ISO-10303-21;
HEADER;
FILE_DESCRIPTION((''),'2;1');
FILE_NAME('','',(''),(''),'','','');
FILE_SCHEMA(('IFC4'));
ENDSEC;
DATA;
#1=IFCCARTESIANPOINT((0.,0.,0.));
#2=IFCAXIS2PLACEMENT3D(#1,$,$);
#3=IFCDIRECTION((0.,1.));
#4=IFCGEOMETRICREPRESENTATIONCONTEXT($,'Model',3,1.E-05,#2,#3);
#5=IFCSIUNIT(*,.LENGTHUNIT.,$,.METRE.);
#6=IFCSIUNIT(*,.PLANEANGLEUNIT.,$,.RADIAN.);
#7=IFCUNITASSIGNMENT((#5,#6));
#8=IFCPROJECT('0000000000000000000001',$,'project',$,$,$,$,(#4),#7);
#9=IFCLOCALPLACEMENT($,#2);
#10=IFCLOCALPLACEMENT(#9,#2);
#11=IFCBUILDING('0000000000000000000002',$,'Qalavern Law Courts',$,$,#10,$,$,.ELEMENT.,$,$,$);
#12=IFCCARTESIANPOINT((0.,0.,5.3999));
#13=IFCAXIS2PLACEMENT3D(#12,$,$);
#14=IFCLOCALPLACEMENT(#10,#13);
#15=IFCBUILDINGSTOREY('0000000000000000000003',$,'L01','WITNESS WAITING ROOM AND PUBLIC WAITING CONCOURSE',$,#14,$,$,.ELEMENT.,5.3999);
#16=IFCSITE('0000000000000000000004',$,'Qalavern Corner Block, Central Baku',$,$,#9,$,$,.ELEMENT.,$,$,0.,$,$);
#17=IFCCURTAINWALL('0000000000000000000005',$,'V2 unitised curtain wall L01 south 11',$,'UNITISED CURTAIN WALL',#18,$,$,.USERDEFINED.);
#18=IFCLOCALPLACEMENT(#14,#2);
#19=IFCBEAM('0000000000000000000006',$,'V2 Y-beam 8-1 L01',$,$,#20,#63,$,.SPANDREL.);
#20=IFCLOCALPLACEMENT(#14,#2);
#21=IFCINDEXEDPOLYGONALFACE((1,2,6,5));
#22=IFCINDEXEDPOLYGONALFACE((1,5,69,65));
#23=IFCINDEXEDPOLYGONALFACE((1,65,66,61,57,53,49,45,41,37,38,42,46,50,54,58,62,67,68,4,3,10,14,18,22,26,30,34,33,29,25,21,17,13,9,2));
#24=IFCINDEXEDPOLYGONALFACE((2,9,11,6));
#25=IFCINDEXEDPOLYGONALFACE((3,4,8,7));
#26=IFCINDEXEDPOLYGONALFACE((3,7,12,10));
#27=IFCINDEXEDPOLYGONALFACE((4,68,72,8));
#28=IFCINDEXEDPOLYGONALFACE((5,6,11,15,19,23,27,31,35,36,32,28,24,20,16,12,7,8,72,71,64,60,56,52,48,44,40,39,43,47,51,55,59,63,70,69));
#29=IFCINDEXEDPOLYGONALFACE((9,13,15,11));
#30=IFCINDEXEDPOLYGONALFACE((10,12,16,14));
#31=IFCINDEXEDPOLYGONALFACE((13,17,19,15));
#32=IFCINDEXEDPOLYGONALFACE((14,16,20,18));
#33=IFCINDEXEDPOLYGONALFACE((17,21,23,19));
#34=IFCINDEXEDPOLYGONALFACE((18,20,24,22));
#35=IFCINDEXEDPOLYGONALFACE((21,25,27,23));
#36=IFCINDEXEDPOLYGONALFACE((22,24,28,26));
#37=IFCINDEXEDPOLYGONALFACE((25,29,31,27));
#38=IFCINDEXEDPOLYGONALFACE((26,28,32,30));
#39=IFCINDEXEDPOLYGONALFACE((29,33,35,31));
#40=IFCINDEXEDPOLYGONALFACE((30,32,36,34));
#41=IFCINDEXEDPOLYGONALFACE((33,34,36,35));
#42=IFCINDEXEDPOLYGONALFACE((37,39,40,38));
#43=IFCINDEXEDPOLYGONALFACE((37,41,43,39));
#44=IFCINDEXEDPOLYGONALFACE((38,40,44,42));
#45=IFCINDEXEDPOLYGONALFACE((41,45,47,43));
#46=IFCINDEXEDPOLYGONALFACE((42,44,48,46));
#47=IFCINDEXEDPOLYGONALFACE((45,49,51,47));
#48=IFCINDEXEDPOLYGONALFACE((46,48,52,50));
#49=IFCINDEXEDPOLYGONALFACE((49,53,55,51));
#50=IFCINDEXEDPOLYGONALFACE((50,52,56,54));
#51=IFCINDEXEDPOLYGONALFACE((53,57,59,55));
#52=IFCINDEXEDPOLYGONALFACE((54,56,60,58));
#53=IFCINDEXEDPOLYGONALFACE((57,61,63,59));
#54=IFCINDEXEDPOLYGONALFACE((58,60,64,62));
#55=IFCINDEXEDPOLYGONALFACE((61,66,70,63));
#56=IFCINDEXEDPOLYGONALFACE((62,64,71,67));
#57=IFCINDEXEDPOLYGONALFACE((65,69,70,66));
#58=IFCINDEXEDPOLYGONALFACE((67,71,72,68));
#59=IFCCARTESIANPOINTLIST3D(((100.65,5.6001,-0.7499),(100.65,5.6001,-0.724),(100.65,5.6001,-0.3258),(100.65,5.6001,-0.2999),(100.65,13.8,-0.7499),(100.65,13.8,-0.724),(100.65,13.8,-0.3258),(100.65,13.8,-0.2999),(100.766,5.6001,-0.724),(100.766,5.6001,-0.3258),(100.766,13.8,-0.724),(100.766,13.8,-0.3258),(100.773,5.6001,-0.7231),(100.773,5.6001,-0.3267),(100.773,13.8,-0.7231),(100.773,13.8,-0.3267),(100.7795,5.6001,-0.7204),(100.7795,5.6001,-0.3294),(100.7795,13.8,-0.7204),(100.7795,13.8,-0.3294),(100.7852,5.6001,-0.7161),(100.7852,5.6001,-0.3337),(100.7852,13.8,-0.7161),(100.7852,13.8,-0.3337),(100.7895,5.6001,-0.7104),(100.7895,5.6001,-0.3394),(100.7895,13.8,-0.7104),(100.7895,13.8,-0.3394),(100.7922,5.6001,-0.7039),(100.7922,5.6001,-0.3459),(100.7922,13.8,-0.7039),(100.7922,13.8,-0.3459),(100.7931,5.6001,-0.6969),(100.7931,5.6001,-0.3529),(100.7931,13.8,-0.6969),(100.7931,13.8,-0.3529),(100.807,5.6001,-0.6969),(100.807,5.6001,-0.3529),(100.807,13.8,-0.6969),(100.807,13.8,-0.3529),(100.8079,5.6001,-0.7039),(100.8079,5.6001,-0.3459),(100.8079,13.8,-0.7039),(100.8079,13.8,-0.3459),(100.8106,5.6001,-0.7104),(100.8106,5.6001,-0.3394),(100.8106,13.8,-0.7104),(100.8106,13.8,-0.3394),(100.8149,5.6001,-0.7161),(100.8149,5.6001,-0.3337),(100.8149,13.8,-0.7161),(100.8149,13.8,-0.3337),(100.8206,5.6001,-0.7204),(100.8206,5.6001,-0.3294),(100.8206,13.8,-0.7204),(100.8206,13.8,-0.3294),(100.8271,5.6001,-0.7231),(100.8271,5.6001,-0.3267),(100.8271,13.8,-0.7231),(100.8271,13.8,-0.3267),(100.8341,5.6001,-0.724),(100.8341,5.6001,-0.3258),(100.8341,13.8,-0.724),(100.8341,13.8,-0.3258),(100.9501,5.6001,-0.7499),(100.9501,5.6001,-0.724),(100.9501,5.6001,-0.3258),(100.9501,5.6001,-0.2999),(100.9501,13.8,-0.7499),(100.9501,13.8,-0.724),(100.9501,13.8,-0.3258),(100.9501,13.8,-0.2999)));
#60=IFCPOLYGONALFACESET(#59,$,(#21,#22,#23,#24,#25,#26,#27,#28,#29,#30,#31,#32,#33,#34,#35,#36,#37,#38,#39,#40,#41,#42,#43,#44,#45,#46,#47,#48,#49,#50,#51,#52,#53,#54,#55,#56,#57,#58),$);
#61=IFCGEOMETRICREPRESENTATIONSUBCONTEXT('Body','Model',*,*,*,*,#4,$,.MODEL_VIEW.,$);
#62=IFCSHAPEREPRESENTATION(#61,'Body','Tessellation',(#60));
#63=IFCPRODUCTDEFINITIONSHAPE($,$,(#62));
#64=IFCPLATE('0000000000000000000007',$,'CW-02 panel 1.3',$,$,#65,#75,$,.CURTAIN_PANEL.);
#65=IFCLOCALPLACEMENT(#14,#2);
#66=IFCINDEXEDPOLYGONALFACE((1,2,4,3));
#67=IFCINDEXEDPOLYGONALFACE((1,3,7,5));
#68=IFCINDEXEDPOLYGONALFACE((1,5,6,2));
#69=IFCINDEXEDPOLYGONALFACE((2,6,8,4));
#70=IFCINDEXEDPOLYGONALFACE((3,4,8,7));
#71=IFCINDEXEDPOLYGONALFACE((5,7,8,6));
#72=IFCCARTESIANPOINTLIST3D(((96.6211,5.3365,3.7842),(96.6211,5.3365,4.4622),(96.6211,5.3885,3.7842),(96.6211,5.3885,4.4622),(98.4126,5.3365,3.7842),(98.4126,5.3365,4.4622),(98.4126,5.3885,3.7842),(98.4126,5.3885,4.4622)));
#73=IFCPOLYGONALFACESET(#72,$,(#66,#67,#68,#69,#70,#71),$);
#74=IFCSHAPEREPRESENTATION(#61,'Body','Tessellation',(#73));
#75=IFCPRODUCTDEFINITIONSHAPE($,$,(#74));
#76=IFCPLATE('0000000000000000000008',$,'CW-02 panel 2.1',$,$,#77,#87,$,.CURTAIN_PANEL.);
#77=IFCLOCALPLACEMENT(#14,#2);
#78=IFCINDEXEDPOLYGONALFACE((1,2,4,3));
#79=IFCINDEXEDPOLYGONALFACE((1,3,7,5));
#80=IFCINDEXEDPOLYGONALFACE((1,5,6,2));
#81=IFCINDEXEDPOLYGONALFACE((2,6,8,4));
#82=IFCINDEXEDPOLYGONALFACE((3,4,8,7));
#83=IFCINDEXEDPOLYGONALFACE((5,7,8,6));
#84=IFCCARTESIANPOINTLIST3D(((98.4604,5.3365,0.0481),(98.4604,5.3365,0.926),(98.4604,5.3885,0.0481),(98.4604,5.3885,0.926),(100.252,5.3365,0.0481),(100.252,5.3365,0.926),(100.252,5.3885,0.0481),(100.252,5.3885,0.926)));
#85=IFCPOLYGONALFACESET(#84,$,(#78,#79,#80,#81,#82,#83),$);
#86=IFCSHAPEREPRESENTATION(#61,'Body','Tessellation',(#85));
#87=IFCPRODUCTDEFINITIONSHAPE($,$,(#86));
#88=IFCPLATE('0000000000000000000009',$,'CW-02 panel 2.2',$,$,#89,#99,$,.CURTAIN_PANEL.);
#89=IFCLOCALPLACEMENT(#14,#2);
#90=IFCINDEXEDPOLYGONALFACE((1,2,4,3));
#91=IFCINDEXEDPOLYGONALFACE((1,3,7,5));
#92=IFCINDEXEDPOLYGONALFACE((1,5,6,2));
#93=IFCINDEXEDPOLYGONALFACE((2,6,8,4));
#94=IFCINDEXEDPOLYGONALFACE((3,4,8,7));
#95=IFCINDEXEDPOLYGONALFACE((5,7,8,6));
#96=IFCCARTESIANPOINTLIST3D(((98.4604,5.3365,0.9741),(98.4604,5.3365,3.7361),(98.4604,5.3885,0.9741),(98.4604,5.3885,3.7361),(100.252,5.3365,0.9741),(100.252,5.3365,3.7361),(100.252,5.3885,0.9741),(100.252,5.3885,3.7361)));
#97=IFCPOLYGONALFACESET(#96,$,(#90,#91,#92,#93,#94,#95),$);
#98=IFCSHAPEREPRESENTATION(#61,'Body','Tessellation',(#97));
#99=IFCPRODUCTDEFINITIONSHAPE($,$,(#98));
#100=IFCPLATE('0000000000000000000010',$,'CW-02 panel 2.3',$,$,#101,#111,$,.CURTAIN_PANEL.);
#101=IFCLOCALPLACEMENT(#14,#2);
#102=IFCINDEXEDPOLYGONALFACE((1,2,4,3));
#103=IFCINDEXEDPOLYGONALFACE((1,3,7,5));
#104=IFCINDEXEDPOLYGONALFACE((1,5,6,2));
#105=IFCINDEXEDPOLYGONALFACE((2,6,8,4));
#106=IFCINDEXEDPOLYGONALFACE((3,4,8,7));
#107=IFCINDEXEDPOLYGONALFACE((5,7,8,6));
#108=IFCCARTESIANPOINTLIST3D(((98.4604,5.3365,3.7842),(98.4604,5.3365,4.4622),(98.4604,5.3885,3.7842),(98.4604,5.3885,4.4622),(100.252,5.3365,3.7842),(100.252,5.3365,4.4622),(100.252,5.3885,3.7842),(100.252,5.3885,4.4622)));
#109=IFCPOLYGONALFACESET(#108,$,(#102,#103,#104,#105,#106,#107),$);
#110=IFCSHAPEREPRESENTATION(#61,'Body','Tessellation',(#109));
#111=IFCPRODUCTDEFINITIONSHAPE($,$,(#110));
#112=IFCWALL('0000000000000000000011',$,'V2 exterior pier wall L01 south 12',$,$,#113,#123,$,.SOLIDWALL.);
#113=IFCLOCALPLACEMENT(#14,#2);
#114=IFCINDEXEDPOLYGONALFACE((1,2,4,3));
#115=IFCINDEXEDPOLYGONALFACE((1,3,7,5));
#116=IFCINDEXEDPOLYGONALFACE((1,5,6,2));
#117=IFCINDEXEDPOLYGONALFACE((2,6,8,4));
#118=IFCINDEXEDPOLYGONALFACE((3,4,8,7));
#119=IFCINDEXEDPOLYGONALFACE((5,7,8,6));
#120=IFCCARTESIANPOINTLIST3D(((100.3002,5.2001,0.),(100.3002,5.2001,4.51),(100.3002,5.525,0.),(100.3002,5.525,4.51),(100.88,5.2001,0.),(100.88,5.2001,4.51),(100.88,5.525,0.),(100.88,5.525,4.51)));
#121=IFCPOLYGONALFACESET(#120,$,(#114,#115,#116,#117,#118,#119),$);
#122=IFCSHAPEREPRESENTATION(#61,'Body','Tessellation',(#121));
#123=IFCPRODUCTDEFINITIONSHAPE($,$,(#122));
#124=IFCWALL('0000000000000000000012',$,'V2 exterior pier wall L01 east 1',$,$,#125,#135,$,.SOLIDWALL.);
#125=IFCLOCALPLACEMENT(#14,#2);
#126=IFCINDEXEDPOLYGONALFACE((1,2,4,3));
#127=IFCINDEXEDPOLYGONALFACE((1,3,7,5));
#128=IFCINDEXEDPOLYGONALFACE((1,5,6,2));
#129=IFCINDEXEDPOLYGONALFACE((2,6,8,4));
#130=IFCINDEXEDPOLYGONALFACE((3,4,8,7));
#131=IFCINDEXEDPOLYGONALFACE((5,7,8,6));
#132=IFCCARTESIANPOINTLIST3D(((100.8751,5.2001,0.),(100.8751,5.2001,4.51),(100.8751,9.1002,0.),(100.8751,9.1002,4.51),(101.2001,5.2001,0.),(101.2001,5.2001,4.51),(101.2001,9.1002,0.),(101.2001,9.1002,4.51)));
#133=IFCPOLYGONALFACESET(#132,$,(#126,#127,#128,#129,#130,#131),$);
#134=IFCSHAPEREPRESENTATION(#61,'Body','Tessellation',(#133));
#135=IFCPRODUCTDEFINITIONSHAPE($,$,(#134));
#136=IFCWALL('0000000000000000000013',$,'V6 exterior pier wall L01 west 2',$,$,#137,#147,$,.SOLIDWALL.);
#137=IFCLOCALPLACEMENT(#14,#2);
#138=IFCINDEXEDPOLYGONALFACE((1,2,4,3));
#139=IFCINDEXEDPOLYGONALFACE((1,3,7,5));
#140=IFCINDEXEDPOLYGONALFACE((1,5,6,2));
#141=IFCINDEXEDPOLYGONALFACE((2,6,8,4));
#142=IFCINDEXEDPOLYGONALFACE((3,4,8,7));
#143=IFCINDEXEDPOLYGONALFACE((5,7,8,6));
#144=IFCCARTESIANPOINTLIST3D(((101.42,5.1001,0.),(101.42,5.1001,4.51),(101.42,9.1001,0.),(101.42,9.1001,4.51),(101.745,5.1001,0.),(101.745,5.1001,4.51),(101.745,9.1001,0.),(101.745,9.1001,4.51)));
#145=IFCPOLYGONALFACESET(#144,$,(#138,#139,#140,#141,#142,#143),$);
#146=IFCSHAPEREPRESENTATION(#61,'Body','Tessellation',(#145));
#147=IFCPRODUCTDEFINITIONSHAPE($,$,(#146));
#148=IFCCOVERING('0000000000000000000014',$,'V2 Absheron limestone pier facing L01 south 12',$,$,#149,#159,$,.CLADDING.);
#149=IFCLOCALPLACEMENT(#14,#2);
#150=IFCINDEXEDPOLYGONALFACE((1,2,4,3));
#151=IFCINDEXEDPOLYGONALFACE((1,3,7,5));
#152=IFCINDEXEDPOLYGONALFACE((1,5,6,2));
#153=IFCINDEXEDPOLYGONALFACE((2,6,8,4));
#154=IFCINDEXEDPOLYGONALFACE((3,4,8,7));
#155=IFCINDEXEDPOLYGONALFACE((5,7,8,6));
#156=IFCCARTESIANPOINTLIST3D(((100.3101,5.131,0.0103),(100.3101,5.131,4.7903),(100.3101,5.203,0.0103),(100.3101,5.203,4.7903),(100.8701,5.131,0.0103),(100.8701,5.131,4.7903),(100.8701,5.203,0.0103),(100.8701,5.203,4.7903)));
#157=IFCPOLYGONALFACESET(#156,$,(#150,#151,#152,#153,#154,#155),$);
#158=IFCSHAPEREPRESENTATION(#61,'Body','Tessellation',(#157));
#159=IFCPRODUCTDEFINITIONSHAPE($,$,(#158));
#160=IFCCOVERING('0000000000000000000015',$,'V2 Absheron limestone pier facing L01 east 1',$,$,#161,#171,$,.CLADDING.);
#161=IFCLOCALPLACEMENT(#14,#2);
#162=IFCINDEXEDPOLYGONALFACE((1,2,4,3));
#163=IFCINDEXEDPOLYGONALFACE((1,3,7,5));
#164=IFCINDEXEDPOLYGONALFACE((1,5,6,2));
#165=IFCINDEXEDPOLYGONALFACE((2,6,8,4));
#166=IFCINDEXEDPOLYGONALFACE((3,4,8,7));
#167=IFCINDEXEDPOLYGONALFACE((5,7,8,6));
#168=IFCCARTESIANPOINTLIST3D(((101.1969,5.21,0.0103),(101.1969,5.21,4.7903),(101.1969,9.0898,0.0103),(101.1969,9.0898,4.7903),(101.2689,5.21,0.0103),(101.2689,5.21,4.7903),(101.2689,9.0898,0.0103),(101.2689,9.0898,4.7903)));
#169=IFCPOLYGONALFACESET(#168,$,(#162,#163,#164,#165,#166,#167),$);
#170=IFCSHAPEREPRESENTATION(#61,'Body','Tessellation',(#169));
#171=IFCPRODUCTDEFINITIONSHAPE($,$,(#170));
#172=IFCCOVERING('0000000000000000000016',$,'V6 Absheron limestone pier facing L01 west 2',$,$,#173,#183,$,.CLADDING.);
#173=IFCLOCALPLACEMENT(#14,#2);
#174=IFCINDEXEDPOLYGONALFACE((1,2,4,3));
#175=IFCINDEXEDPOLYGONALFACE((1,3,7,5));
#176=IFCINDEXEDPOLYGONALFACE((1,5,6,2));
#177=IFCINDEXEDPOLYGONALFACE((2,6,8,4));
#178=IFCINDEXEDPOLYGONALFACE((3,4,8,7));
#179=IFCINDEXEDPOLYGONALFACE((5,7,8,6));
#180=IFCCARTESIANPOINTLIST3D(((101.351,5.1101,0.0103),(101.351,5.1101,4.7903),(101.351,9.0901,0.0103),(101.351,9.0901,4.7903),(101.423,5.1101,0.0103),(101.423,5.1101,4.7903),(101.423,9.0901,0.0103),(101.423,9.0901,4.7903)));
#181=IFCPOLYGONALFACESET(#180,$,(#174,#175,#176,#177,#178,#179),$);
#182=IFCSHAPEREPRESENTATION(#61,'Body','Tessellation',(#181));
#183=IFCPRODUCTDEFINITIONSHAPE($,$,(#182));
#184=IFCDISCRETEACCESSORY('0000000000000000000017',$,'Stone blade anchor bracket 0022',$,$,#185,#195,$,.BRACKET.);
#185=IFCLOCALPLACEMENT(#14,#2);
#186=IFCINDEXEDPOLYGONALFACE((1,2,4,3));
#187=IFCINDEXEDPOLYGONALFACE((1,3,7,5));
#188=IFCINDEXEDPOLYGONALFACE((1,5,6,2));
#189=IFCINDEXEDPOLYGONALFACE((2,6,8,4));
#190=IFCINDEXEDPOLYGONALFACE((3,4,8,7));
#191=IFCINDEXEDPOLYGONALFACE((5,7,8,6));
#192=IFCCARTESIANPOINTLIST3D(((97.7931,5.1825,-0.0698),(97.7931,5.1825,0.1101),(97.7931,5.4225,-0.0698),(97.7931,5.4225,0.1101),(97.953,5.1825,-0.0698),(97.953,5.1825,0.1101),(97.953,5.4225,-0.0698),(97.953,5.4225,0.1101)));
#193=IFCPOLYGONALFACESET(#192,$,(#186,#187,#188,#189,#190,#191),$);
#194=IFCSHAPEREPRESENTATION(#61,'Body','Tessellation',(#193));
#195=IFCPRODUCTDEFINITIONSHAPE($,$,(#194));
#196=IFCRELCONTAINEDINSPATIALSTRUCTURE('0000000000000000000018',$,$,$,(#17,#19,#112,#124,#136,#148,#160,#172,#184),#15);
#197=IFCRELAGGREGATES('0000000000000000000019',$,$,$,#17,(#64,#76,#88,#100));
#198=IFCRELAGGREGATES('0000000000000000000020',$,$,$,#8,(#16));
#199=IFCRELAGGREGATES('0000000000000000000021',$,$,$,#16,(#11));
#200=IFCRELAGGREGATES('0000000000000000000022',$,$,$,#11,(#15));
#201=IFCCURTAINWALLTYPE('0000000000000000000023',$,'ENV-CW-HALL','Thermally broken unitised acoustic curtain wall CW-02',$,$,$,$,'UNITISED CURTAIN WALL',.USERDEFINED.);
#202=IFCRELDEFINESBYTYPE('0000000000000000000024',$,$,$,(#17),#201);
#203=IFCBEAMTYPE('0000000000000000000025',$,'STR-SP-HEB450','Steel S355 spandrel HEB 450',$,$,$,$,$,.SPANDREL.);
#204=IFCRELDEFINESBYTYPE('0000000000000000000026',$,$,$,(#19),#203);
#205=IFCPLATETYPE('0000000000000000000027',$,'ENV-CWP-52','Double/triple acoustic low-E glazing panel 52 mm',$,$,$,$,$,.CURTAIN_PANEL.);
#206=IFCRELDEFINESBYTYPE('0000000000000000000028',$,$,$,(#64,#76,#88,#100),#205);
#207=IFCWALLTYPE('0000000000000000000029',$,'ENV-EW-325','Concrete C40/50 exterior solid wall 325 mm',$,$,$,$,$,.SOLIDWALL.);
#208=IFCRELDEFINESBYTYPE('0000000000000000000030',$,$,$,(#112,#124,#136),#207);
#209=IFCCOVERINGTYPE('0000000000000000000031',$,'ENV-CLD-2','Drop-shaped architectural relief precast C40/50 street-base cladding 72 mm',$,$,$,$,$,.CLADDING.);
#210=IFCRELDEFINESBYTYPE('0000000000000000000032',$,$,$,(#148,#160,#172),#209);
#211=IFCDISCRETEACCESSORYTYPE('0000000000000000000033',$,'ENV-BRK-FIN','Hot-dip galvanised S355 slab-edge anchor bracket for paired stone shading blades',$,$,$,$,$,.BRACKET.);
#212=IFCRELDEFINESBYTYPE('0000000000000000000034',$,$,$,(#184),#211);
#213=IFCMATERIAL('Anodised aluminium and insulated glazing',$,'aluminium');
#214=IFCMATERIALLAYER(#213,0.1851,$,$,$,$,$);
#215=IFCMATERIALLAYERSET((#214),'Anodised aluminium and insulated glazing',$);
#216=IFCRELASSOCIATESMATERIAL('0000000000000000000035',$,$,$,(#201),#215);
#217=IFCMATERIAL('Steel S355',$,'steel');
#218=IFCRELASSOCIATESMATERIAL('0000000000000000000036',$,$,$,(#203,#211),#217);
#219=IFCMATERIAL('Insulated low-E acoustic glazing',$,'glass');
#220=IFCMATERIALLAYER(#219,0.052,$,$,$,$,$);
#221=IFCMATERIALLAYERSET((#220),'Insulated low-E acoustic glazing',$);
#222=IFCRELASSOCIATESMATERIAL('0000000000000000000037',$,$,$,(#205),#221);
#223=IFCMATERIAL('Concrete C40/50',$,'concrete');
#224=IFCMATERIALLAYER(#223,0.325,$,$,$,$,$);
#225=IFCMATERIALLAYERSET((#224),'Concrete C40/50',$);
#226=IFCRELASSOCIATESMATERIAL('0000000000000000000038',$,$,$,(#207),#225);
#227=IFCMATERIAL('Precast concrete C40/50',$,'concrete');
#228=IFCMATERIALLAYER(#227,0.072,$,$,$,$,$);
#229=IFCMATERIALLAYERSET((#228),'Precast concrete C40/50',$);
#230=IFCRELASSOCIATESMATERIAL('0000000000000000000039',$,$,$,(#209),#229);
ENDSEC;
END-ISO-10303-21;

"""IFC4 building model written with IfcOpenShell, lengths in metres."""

from ifc_helpers import new_model, si_unit, direction, frame, frame_2d, origin, origin_2d, place, context, subcontext, project, spatial, rectangle, i_section, extrude, material, layer, layer_set, material_profile, profile_set, type_object, element, aggregate, save


model = new_model("IFC4")

# Units and contexts
model_context = context("Model", 3, precision=1e-05, world=origin(), true_north=direction((0.0, 1.0)))
body_context = subcontext(model_context, "Body", "Model", "MODEL_VIEW")
ifc_project = project(units=[si_unit("LENGTHUNIT", "METRE"), si_unit("PLANEANGLEUNIT", "RADIAN")], contexts=[model_context])

# Site, building, storey
site_placement = place(None, origin())
site = spatial("IfcSite", under=ifc_project, at=site_placement, Name="Qalavern Corner Block, Central Baku", CompositionType="ELEMENT", RefElevation=0.0)
building_placement = place(site_placement, origin())
building = spatial("IfcBuilding", under=site, at=building_placement, Name="Qalavern Law Courts", CompositionType="ELEMENT")
storey_placement = place(building_placement, frame((0.0, 0.0, 5.3999)))
storey = spatial("IfcBuildingStorey", under=building, at=storey_placement, Name="L01", Description="WITNESS WAITING ROOM AND PUBLIC WAITING CONCOURSE", CompositionType="ELEMENT", Elevation=5.3999)

# Shared definitions
ifc_material_1 = material(Name="Anodised aluminium and insulated glazing", Category="aluminium")

# Curtain wall
ifc_layer_1 = layer(ifc_material_1, 0.1851)
ifc_layer_set_1 = layer_set([ifc_layer_1], Name="Anodised aluminium and insulated glazing")
curtain_wall_type_1 = type_object("IfcCurtainWallType", Name="ENV-CW-HALL", Description="Thermally broken unitised acoustic curtain wall CW-02", ElementType="UNITISED CURTAIN WALL", PredefinedType="USERDEFINED", material=ifc_layer_set_1)
curtain_wall_1_placement = place(storey_placement, origin())
curtain_wall_1 = element("IfcCurtainWall", 1, at=curtain_wall_1_placement, inside=storey, type_object=curtain_wall_type_1, Name="V2 unitised curtain wall L01 south 11", ObjectType="UNITISED CURTAIN WALL", PredefinedType="USERDEFINED")

# Beam
ifc_material_2 = material(Name="Steel S355", Category="steel")
ifc_material_profile_1 = material_profile(ifc_material_2, i_section(OverallWidth=0.3, OverallDepth=0.45, WebThickness=0.0139, FlangeThickness=0.0259, FilletRadius=0.0271, at=origin_2d()), Name="HEB 450")
ifc_profile_set_1 = profile_set([ifc_material_profile_1], Name="Steel S355")
beam_type = type_object("IfcBeamType", Name="STR-SP-HEB450", Description="Steel S355 spandrel HEB 450", PredefinedType="SPANDREL", material=ifc_profile_set_1)
beam_placement = place(storey_placement, frame((100.8, 5.6001, -0.5249), z_axis=(0.0, 1.0, 0.0), x_axis=(-1.0, 0.0, 0.0)))
element("IfcBeam", 2, at=beam_placement, inside=storey, type_object=beam_type, Name="V2 Y-beam 8-1 L01", PredefinedType="SPANDREL", context=body_context, shape_type="SweptSolid", body=[
    extrude(i_section(OverallWidth=0.3, OverallDepth=0.45, WebThickness=0.0139, FlangeThickness=0.0259, FilletRadius=0.0271, at=origin_2d()), origin(), (0.0, 0.0, 1.0), 8.2),
])

# Plates
ifc_material_3 = material(Name="Insulated low-E acoustic glazing", Category="glass")
ifc_layer_2 = layer(ifc_material_3, 0.052)
ifc_layer_set_2 = layer_set([ifc_layer_2], Name="Insulated low-E acoustic glazing")
plate_type = type_object("IfcPlateType", Name="ENV-CWP-52", Description="Double/triple acoustic low-E glazing panel 52 mm", PredefinedType="CURTAIN_PANEL", material=ifc_layer_set_2)
plate_1_placement = place(storey_placement, frame((97.5168, 5.3625, 3.7842), z_axis=(0.0, 0.0, 1.0), x_axis=(1.0, 0.0, 0.0)))
plate_1 = element("IfcPlate", 3, at=plate_1_placement, type_object=plate_type, Name="CW-02 panel 1.3", PredefinedType="CURTAIN_PANEL", context=body_context, shape_type="SweptSolid", body=[
    extrude(rectangle(XDim=1.7915, YDim=0.052, at=origin_2d()), origin(), (0.0, 0.0, 1.0), 0.678),
])
plate_2_placement = place(storey_placement, frame((99.3562, 5.3625, 0.0481), z_axis=(0.0, 0.0, 1.0), x_axis=(1.0, 0.0, 0.0)))
plate_2 = element("IfcPlate", 4, at=plate_2_placement, type_object=plate_type, Name="CW-02 panel 2.1", PredefinedType="CURTAIN_PANEL", context=body_context, shape_type="SweptSolid", body=[
    extrude(rectangle(XDim=1.7915, YDim=0.052, at=origin_2d()), origin(), (0.0, 0.0, 1.0), 0.8779),
])
plate_3_placement = place(storey_placement, frame((99.3562, 5.3625, 0.9741), z_axis=(0.0, 0.0, 1.0), x_axis=(1.0, 0.0, 0.0)))
plate_3 = element("IfcPlate", 5, at=plate_3_placement, type_object=plate_type, Name="CW-02 panel 2.2", PredefinedType="CURTAIN_PANEL", context=body_context, shape_type="SweptSolid", body=[
    extrude(rectangle(XDim=1.7915, YDim=0.052, at=origin_2d()), origin(), (0.0, 0.0, 1.0), 2.762),
])
plate_4_placement = place(storey_placement, frame((99.3562, 5.3625, 3.7842), z_axis=(0.0, 0.0, 1.0), x_axis=(1.0, 0.0, 0.0)))
plate_4 = element("IfcPlate", 6, at=plate_4_placement, type_object=plate_type, Name="CW-02 panel 2.3", PredefinedType="CURTAIN_PANEL", context=body_context, shape_type="SweptSolid", body=[
    extrude(rectangle(XDim=1.7915, YDim=0.052, at=origin_2d()), origin(), (0.0, 0.0, 1.0), 0.678),
])
aggregate(curtain_wall_1, [plate_1, plate_2, plate_3, plate_4])

# Walls
ifc_material_4 = material(Name="Concrete C40/50", Category="concrete")
ifc_layer_3 = layer(ifc_material_4, 0.325)
ifc_layer_set_3 = layer_set([ifc_layer_3], Name="Concrete C40/50")
wall_type = type_object("IfcWallType", Name="ENV-EW-325", Description="Concrete C40/50 exterior solid wall 325 mm", PredefinedType="SOLIDWALL", material=ifc_layer_set_3)
wall_1_placement = place(storey_placement, frame((100.3, 5.3625, 0.0), z_axis=(0.0, 0.0, 1.0), x_axis=(1.0, 0.0, 0.0)))
element("IfcWall", 7, at=wall_1_placement, inside=storey, type_object=wall_type, Name="V2 exterior pier wall L01 south 12", PredefinedType="SOLIDWALL", context=body_context, shape_type="SweptSolid", body=[
    extrude(rectangle(XDim=0.5798, YDim=0.325, at=frame_2d((0.29, 0.0))), origin(), (0.0, 0.0, 1.0), 4.51),
])
wall_2_placement = place(storey_placement, frame((101.0376, 5.2, 0.0), z_axis=(0.0, 0.0, 1.0), x_axis=(0.0, 1.0, 0.0)))
element("IfcWall", 8, at=wall_2_placement, inside=storey, type_object=wall_type, Name="V2 exterior pier wall L01 east 1", PredefinedType="SOLIDWALL", context=body_context, shape_type="SweptSolid", body=[
    extrude(rectangle(XDim=3.9001, YDim=0.325, at=frame_2d((1.9502, 0.0))), origin(), (0.0, 0.0, 1.0), 4.51),
])
wall_3_placement = place(storey_placement, frame((101.5825, 9.1001, 0.0), z_axis=(0.0, 0.0, 1.0), x_axis=(0.0, -1.0, 0.0)))
element("IfcWall", 9, at=wall_3_placement, inside=storey, type_object=wall_type, Name="V6 exterior pier wall L01 west 2", PredefinedType="SOLIDWALL", context=body_context, shape_type="SweptSolid", body=[
    extrude(rectangle(XDim=4.0, YDim=0.325, at=frame_2d((2.0, 0.0))), origin(), (0.0, 0.0, 1.0), 4.51),
])

# Coverings
ifc_material_5 = material(Name="Precast concrete C40/50", Category="concrete")
ifc_layer_4 = layer(ifc_material_5, 0.072)
ifc_layer_set_4 = layer_set([ifc_layer_4], Name="Precast concrete C40/50")
covering_type = type_object("IfcCoveringType", Name="ENV-CLD-2", Description="Drop-shaped architectural relief precast C40/50 street-base cladding 72 mm", PredefinedType="CLADDING", material=ifc_layer_set_4)
covering_1_placement = place(storey_placement, frame((100.5901, 5.167, 0.0103), z_axis=(0.0, 0.0, 1.0), x_axis=(1.0, 0.0, 0.0)))
element("IfcCovering", 10, at=covering_1_placement, inside=storey, type_object=covering_type, Name="V2 Absheron limestone pier facing L01 south 12", PredefinedType="CLADDING", context=body_context, shape_type="SweptSolid", body=[
    extrude(rectangle(XDim=0.5601, YDim=0.072, at=origin_2d()), origin(), (0.0, 0.0, 1.0), 4.78),
])
covering_2_placement = place(storey_placement, frame((101.2329, 7.1499, 0.0103), z_axis=(0.0, 0.0, 1.0), x_axis=(0.0, 1.0, 0.0)))
element("IfcCovering", 11, at=covering_2_placement, inside=storey, type_object=covering_type, Name="V2 Absheron limestone pier facing L01 east 1", PredefinedType="CLADDING", context=body_context, shape_type="SweptSolid", body=[
    extrude(rectangle(XDim=3.8799, YDim=0.072, at=origin_2d()), origin(), (0.0, 0.0, 1.0), 4.78),
])
covering_3_placement = place(storey_placement, frame((101.387, 7.1001, 0.0103), z_axis=(0.0, 0.0, 1.0), x_axis=(0.0, -1.0, 0.0)))
element("IfcCovering", 12, at=covering_3_placement, inside=storey, type_object=covering_type, Name="V6 Absheron limestone pier facing L01 west 2", PredefinedType="CLADDING", context=body_context, shape_type="SweptSolid", body=[
    extrude(rectangle(XDim=3.98, YDim=0.072, at=origin_2d()), origin(), (0.0, 0.0, 1.0), 4.78),
])

# Discrete accessory
discrete_accessory_type = type_object("IfcDiscreteAccessoryType", Name="ENV-BRK-FIN", Description="Hot-dip galvanised S355 slab-edge anchor bracket for paired stone shading blades", PredefinedType="BRACKET", material=ifc_material_2)
discrete_accessory_placement = place(storey_placement, frame((97.873, 5.3025, -0.0698), z_axis=(0.0, 0.0, 1.0), x_axis=(0.0, -1.0, 0.0)))
element("IfcDiscreteAccessory", 13, at=discrete_accessory_placement, inside=storey, type_object=discrete_accessory_type, Name="Stone blade anchor bracket 0022", PredefinedType="BRACKET", context=body_context, shape_type="SweptSolid", body=[
    extrude(rectangle(XDim=0.24, YDim=0.1599, at=origin_2d()), origin(), (0.0, 0.0, 1.0), 0.1799),
])

save(model, "model.ifc")
